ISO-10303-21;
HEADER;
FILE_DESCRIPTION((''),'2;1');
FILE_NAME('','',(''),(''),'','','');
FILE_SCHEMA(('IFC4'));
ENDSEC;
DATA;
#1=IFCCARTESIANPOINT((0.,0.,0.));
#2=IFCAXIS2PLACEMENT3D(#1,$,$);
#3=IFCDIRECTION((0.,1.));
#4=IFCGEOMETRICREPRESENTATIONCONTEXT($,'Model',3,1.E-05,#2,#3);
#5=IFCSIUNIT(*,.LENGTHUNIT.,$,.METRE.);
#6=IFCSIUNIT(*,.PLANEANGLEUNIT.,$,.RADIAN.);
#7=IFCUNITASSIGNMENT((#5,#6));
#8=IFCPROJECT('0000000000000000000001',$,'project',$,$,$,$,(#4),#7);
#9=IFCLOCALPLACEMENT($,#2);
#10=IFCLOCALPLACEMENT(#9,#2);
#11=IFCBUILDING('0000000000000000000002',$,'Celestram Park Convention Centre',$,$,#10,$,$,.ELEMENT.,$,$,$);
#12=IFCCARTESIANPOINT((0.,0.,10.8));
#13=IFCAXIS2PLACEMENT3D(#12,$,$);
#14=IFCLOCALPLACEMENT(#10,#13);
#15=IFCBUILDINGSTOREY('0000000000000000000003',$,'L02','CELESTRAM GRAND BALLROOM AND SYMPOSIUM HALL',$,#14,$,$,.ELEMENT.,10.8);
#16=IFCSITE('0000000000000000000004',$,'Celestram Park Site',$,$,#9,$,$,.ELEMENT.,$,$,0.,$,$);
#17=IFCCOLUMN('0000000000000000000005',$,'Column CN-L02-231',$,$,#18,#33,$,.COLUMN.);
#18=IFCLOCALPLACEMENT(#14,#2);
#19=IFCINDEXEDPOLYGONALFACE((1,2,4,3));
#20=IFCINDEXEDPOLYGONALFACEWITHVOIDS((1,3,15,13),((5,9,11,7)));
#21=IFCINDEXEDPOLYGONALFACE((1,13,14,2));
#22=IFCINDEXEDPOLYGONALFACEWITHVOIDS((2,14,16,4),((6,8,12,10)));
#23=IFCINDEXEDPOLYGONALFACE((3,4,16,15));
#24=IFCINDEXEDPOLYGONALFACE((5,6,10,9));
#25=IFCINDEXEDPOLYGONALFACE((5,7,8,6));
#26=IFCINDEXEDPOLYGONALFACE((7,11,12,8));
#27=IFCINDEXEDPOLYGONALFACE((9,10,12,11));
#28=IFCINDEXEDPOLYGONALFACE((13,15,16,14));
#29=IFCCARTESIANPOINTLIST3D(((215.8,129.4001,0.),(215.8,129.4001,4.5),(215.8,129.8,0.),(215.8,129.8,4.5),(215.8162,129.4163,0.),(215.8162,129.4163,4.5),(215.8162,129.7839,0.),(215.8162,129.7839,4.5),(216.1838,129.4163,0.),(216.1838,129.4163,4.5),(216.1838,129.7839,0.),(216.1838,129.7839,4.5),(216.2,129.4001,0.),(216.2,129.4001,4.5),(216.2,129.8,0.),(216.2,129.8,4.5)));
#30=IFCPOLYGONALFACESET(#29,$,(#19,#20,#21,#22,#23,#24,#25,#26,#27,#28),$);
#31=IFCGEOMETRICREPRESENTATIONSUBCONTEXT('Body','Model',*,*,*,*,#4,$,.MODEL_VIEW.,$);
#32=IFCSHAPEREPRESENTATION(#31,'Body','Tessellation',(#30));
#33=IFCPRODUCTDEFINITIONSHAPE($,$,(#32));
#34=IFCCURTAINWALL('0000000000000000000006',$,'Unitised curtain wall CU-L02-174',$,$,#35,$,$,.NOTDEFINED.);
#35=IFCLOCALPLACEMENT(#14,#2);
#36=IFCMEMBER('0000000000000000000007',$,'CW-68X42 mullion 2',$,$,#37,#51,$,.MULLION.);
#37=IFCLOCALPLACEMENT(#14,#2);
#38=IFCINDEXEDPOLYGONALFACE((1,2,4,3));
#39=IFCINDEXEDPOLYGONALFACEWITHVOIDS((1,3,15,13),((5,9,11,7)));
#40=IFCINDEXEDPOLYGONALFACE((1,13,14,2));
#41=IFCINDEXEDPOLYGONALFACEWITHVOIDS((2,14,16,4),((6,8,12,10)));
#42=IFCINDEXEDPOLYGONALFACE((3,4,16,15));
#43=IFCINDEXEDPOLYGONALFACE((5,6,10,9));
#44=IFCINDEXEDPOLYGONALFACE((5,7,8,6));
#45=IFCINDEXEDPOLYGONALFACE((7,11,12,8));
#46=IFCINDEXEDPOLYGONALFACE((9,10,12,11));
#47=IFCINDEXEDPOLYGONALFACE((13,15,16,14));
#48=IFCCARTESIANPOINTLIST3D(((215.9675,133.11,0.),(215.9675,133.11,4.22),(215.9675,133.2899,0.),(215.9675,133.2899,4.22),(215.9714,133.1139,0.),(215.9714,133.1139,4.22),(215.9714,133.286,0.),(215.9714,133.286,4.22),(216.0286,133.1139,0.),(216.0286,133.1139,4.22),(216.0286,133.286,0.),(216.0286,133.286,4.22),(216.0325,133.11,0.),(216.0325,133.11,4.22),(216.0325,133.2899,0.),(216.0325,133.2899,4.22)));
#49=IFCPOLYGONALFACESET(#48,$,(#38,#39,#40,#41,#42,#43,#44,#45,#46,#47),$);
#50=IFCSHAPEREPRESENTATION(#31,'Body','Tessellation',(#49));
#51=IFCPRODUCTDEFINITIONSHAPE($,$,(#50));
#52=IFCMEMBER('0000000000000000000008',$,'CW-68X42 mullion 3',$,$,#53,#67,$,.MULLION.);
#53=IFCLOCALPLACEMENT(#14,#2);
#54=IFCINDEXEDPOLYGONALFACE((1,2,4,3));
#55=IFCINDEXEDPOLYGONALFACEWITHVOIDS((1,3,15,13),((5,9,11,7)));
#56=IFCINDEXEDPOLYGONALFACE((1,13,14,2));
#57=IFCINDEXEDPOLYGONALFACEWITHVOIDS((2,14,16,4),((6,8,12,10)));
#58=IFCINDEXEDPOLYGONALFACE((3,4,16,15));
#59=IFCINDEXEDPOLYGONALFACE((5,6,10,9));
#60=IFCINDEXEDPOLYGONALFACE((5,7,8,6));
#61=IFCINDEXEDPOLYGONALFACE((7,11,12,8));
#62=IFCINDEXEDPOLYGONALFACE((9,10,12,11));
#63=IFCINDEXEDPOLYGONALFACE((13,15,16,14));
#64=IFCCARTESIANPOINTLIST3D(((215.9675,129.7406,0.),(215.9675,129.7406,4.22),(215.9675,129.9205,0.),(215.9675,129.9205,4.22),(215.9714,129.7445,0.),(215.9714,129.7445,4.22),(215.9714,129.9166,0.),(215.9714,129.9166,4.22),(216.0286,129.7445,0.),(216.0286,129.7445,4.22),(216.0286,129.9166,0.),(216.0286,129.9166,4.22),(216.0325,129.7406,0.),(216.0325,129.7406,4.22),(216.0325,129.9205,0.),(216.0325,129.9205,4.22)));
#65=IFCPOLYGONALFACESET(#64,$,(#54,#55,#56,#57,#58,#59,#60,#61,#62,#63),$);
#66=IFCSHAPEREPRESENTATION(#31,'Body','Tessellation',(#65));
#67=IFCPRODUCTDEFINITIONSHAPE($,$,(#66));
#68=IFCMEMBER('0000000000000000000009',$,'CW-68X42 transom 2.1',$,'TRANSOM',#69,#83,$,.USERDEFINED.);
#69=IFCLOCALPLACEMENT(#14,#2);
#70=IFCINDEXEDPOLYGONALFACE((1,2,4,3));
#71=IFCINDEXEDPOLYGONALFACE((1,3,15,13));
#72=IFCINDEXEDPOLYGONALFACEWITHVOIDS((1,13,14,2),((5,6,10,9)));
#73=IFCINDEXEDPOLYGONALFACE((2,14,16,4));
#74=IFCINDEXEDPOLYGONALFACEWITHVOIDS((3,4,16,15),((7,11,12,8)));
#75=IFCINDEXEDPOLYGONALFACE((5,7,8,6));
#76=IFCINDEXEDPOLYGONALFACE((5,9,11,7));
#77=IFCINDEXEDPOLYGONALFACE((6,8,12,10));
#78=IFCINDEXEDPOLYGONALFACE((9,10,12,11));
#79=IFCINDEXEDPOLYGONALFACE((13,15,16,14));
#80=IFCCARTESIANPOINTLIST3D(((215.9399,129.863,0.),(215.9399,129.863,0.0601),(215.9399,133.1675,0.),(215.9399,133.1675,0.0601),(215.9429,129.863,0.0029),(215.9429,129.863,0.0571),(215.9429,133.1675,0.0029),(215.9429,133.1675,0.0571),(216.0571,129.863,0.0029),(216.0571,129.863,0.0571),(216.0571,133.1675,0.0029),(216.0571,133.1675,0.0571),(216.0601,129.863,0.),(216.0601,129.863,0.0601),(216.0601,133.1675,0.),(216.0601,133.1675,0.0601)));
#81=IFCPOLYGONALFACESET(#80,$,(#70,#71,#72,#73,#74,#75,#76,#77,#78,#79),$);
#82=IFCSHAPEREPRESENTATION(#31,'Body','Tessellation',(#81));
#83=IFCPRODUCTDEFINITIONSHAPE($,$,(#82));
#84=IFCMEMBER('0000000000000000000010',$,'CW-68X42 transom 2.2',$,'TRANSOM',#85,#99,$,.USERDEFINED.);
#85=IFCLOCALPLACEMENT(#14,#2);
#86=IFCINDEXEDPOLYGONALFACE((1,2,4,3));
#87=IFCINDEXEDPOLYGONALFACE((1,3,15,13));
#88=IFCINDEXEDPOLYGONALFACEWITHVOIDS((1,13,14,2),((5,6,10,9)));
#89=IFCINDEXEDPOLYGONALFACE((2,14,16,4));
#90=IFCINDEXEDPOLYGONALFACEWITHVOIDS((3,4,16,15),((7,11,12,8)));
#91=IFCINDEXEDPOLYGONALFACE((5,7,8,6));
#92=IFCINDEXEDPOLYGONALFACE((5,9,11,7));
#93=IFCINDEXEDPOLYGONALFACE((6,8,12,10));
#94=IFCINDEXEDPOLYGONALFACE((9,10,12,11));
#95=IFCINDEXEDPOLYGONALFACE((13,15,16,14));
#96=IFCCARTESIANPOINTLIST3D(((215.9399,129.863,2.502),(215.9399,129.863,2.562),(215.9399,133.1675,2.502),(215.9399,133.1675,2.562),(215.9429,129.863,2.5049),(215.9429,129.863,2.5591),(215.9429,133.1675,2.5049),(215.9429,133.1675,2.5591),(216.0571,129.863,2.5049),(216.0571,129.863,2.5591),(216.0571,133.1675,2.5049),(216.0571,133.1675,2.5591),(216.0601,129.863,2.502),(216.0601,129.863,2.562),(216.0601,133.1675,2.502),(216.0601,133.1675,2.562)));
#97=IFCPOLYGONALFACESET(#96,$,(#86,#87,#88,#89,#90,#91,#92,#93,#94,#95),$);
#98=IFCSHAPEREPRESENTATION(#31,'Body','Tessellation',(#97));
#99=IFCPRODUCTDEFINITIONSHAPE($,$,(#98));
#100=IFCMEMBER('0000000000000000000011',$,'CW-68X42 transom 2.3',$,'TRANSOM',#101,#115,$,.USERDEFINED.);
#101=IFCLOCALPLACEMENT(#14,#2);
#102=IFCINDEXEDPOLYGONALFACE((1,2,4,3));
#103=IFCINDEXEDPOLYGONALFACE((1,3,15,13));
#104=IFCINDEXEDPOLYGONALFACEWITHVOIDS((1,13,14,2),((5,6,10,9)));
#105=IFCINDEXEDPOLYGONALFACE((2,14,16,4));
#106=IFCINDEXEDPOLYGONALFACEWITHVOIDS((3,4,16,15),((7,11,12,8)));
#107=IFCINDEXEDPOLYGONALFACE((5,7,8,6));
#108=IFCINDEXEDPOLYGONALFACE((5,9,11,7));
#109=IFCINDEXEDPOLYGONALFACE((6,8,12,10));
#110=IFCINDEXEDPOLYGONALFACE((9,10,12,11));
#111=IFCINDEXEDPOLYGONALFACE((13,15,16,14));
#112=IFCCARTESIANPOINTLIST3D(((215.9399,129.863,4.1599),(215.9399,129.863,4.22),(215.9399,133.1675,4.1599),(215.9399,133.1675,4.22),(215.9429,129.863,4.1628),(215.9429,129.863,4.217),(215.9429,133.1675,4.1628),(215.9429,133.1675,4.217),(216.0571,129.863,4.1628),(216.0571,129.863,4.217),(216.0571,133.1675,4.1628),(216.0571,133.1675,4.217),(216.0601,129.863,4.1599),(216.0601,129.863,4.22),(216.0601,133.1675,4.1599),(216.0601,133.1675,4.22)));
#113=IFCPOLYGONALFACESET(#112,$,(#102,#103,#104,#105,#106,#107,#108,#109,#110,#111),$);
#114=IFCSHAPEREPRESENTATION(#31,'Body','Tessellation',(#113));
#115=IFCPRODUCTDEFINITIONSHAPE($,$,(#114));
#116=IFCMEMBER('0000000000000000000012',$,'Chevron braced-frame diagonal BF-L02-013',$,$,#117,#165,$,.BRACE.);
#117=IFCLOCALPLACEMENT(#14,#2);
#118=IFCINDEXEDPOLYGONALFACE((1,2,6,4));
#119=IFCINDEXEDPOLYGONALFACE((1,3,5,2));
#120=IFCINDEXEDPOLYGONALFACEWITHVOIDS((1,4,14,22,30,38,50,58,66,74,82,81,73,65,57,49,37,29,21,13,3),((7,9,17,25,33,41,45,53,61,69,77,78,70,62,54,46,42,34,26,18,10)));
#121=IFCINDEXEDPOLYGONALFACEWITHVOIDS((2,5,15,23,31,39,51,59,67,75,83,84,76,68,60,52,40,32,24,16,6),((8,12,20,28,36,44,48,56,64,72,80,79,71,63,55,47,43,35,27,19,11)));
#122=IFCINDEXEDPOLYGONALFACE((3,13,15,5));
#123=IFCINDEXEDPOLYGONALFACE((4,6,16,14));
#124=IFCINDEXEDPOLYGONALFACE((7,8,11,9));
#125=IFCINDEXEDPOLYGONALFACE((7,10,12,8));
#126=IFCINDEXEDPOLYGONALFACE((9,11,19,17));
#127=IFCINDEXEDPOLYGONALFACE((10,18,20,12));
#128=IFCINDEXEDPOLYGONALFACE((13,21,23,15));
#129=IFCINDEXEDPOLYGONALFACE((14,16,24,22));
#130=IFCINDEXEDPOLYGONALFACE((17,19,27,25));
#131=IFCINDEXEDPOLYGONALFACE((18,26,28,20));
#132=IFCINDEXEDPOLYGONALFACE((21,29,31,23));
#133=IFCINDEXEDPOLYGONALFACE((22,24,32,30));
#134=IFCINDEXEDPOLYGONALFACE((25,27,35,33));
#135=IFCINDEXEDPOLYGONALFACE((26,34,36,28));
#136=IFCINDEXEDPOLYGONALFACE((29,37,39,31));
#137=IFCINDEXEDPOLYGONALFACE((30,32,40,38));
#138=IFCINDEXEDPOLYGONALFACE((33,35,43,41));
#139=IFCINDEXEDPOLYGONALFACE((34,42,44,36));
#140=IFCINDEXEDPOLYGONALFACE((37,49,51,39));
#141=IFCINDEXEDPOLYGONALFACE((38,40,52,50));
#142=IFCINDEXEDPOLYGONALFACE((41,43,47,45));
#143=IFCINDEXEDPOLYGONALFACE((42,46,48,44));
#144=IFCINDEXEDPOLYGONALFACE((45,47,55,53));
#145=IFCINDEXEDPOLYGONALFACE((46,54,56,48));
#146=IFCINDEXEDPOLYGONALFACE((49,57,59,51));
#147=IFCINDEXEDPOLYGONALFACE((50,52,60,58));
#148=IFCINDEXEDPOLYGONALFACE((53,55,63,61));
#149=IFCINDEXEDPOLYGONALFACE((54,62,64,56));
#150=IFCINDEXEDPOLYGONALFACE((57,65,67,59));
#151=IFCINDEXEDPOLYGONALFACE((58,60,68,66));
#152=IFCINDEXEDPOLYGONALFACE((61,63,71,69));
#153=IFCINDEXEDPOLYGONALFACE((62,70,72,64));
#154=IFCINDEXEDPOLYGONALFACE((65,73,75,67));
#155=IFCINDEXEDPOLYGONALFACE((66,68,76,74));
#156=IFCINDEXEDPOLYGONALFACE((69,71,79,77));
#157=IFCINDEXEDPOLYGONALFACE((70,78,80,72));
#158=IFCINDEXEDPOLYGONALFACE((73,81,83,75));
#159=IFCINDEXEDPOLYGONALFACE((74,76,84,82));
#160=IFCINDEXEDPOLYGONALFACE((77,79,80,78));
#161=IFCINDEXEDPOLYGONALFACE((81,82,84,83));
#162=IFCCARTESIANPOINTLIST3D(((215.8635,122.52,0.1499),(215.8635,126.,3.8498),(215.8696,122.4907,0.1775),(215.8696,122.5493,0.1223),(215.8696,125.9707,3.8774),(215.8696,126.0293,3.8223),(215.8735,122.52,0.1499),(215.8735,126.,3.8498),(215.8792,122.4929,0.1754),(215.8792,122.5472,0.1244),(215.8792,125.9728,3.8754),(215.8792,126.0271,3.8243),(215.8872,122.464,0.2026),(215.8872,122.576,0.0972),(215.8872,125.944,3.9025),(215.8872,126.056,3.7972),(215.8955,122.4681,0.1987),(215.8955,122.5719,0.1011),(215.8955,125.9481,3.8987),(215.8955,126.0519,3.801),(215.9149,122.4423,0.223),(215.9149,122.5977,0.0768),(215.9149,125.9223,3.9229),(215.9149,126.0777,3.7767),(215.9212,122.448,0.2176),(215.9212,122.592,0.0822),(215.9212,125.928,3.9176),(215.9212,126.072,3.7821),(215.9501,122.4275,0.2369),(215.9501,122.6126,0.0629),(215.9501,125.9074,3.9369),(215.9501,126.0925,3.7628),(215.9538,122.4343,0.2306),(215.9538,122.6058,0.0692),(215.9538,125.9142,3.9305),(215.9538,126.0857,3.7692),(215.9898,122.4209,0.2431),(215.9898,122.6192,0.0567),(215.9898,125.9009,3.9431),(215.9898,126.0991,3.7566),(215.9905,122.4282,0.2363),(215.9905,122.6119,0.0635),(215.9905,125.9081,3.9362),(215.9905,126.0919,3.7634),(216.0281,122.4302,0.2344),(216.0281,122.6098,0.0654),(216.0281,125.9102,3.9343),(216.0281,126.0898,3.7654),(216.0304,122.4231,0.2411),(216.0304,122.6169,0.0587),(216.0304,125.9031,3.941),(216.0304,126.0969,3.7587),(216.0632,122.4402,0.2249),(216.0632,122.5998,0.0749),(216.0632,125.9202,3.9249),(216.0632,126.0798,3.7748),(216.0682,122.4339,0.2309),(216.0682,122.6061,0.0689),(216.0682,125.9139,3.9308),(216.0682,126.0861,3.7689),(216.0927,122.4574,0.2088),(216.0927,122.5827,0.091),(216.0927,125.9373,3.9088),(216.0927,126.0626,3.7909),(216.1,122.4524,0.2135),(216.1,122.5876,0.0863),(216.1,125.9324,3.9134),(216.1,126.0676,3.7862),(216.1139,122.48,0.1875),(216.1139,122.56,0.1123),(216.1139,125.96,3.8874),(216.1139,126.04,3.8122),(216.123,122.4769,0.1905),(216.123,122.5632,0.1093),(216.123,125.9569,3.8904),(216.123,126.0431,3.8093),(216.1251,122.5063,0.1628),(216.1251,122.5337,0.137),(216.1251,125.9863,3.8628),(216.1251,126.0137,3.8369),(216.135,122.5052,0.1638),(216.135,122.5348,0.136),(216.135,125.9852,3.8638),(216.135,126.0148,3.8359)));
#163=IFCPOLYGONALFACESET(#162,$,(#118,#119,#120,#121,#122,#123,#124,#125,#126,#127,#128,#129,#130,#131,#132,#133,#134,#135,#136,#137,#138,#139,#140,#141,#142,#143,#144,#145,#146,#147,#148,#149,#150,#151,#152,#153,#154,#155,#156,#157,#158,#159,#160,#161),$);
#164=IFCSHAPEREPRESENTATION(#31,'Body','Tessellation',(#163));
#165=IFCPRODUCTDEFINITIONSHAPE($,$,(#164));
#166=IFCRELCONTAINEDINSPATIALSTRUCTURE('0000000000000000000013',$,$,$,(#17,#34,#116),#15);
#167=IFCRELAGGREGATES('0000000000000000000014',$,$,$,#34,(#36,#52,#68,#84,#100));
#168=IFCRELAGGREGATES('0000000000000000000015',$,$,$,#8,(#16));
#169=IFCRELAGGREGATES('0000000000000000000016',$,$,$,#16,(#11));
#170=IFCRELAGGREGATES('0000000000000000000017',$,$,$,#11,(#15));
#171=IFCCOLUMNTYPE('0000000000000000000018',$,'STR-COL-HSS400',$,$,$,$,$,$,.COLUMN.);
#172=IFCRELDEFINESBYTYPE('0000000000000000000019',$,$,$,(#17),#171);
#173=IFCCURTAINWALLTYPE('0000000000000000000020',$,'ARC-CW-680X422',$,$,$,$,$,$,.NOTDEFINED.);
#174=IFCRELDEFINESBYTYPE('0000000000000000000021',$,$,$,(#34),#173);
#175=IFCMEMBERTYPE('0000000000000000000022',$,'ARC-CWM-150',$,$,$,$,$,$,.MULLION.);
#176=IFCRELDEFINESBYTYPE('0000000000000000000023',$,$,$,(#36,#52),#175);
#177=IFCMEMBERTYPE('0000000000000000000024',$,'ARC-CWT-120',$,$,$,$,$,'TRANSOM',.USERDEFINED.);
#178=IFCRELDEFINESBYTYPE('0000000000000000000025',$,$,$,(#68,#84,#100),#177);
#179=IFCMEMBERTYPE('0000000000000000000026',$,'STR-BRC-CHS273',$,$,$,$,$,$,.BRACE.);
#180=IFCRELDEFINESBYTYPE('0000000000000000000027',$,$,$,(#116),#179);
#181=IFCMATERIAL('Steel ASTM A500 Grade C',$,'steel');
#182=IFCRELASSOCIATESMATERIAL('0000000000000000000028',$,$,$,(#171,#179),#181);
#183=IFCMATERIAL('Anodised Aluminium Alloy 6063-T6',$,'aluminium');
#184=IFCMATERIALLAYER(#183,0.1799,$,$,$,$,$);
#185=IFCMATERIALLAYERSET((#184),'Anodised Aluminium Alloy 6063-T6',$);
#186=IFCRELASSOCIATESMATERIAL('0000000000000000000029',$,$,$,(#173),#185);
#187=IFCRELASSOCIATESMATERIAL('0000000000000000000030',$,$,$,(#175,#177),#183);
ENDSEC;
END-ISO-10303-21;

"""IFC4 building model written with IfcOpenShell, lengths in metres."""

from ifc_helpers import new_model, si_unit, direction, frame, origin, origin_2d, place, context, subcontext, project, spatial, hollow_rectangle, hollow_circle, extrude, material, layer, layer_set, material_profile, profile_set, type_object, element, aggregate, save


model = new_model("IFC4")

# Units and contexts
model_context = context("Model", 3, precision=1e-05, world=origin(), true_north=direction((0.0, 1.0)))
body_context = subcontext(model_context, "Body", "Model", "MODEL_VIEW")
ifc_project = project(units=[si_unit("LENGTHUNIT", "METRE"), si_unit("PLANEANGLEUNIT", "RADIAN")], contexts=[model_context])

# Site, building, storey
site_placement = place(None, origin())
site = spatial("IfcSite", under=ifc_project, at=site_placement, Name="Celestram Park Site", CompositionType="ELEMENT", RefElevation=0.0)
building_placement = place(site_placement, origin())
building = spatial("IfcBuilding", under=site, at=building_placement, Name="Celestram Park Convention Centre", CompositionType="ELEMENT")
storey_placement = place(building_placement, frame((0.0, 0.0, 10.8)))
storey = spatial("IfcBuildingStorey", under=building, at=storey_placement, Name="L02", Description="CELESTRAM GRAND BALLROOM AND SYMPOSIUM HALL", CompositionType="ELEMENT", Elevation=10.8)

# Column
ifc_material_1 = material(Name="Steel ASTM A500 Grade C", Category="steel")
ifc_material_profile_1 = material_profile(ifc_material_1, hollow_rectangle(XDim=0.3999, YDim=0.3999, WallThickness=0.0161, at=origin_2d()), Name="HSS400X400X16")
ifc_profile_set_1 = profile_set([ifc_material_profile_1], Name="Steel ASTM A500 Grade C")
column_type = type_object("IfcColumnType", Name="STR-COL-HSS400", PredefinedType="COLUMN", material=ifc_profile_set_1)
column_placement = place(storey_placement, frame((216.0, 129.6001, 0.0), z_axis=(0.0, 0.0, 1.0), x_axis=(1.0, 0.0, 0.0)))
element("IfcColumn", 1, at=column_placement, inside=storey, type_object=column_type, Name="Column CN-L02-231", PredefinedType="COLUMN", context=body_context, shape_type="SweptSolid", body=[
    extrude(hollow_rectangle(XDim=0.3999, YDim=0.3999, WallThickness=0.0161, at=origin_2d()), origin(), (0.0, 0.0, 1.0), 4.5),
])

# Curtain wall, members
ifc_material_2 = material(Name="Anodised Aluminium Alloy 6063-T6", Category="aluminium")
ifc_layer_1 = layer(ifc_material_2, 0.1799)
ifc_layer_set_1 = layer_set([ifc_layer_1], Name="Anodised Aluminium Alloy 6063-T6")
curtain_wall_type = type_object("IfcCurtainWallType", Name="ARC-CW-680X422", PredefinedType="NOTDEFINED", material=ifc_layer_set_1)
curtain_wall_placement = place(storey_placement, origin())
curtain_wall = element("IfcCurtainWall", 2, at=curtain_wall_placement, inside=storey, type_object=curtain_wall_type, Name="Unitised curtain wall CU-L02-174", PredefinedType="NOTDEFINED")
ifc_material_profile_2 = material_profile(ifc_material_2, hollow_rectangle(XDim=0.0649, YDim=0.1799, WallThickness=0.0039, at=origin_2d()), Name="ALU65X180X4")
ifc_profile_set_2 = profile_set([ifc_material_profile_2], Name="Anodised Aluminium Alloy 6063-T6")
member_type_1 = type_object("IfcMemberType", Name="ARC-CWM-150", PredefinedType="MULLION", material=ifc_profile_set_2)
member_1_placement = place(storey_placement, frame((216.0, 133.2, 0.0), z_axis=(0.0, 0.0, 1.0), x_axis=(1.0, 0.0, 0.0)))
member_1 = element("IfcMember", 3, at=member_1_placement, type_object=member_type_1, Name="CW-68X42 mullion 2", PredefinedType="MULLION", context=body_context, shape_type="SweptSolid", body=[
    extrude(hollow_rectangle(XDim=0.0649, YDim=0.1799, WallThickness=0.0039, at=origin_2d()), origin(), (0.0, 0.0, 1.0), 4.22),
])
member_2_placement = place(storey_placement, frame((216.0, 129.8306, 0.0), z_axis=(0.0, 0.0, 1.0), x_axis=(1.0, 0.0, 0.0)))
member_2 = element("IfcMember", 4, at=member_2_placement, type_object=member_type_1, Name="CW-68X42 mullion 3", PredefinedType="MULLION", context=body_context, shape_type="SweptSolid", body=[
    extrude(hollow_rectangle(XDim=0.0649, YDim=0.1799, WallThickness=0.0039, at=origin_2d()), origin(), (0.0, 0.0, 1.0), 4.22),
])
ifc_material_profile_3 = material_profile(ifc_material_2, hollow_rectangle(XDim=0.1201, YDim=0.0601, WallThickness=0.0029, at=origin_2d()), Name="ALU120X60X3")
ifc_profile_set_3 = profile_set([ifc_material_profile_3], Name="Anodised Aluminium Alloy 6063-T6")
member_type_2 = type_object("IfcMemberType", Name="ARC-CWT-120", ElementType="TRANSOM", PredefinedType="USERDEFINED", material=ifc_profile_set_3)
member_3_placement = place(storey_placement, frame((216.0, 133.1675, 0.03), z_axis=(0.0, -1.0, 0.0), x_axis=(1.0, 0.0, 0.0)))
member_3 = element("IfcMember", 5, at=member_3_placement, type_object=member_type_2, Name="CW-68X42 transom 2.1", ObjectType="TRANSOM", PredefinedType="USERDEFINED", context=body_context, shape_type="SweptSolid", body=[
    extrude(hollow_rectangle(XDim=0.1201, YDim=0.0601, WallThickness=0.0029, at=origin_2d()), origin(), (0.0, 0.0, 1.0), 3.3044),
])
member_4_placement = place(storey_placement, frame((216.0, 133.1675, 2.532), z_axis=(0.0, -1.0, 0.0), x_axis=(1.0, 0.0, 0.0)))
member_4 = element("IfcMember", 6, at=member_4_placement, type_object=member_type_2, Name="CW-68X42 transom 2.2", ObjectType="TRANSOM", PredefinedType="USERDEFINED", context=body_context, shape_type="SweptSolid", body=[
    extrude(hollow_rectangle(XDim=0.1201, YDim=0.0601, WallThickness=0.0029, at=origin_2d()), origin(), (0.0, 0.0, 1.0), 3.3044),
])
member_5_placement = place(storey_placement, frame((216.0, 133.1675, 4.1899), z_axis=(0.0, -1.0, 0.0), x_axis=(1.0, 0.0, 0.0)))
member_5 = element("IfcMember", 7, at=member_5_placement, type_object=member_type_2, Name="CW-68X42 transom 2.3", ObjectType="TRANSOM", PredefinedType="USERDEFINED", context=body_context, shape_type="SweptSolid", body=[
    extrude(hollow_rectangle(XDim=0.1201, YDim=0.0601, WallThickness=0.0029, at=origin_2d()), origin(), (0.0, 0.0, 1.0), 3.3044),
])

# Member
ifc_material_profile_4 = material_profile(ifc_material_1, hollow_circle(Radius=0.1365, WallThickness=0.01, at=origin_2d()), Name="CHS273X10")
ifc_profile_set_4 = profile_set([ifc_material_profile_4], Name="Steel ASTM A500 Grade C")
member_type_3 = type_object("IfcMemberType", Name="STR-BRC-CHS273", PredefinedType="BRACE", material=ifc_profile_set_4)
for number, where, z_axis, x_axis, name in (
    (8, (216.0, 122.52, 0.1499), (0.0, 0.685122, 0.728429), (-1.0, 0.0, 0.0), "Chevron braced-frame diagonal BF-L02-013"),
):
    element("IfcMember", number, at=place(storey_placement, frame(where, z_axis=z_axis, x_axis=x_axis)), inside=storey, type_object=member_type_3, Name=name, PredefinedType="BRACE", context=body_context, shape_type="SweptSolid", body=[
        extrude(hollow_circle(Radius=0.1365, WallThickness=0.01, at=origin_2d()), origin(), (0.0, 0.0, 1.0), 5.0793),
    ])

aggregate(curtain_wall, [member_1, member_2, member_3, member_4, member_5])

save(model, "model.ifc")
